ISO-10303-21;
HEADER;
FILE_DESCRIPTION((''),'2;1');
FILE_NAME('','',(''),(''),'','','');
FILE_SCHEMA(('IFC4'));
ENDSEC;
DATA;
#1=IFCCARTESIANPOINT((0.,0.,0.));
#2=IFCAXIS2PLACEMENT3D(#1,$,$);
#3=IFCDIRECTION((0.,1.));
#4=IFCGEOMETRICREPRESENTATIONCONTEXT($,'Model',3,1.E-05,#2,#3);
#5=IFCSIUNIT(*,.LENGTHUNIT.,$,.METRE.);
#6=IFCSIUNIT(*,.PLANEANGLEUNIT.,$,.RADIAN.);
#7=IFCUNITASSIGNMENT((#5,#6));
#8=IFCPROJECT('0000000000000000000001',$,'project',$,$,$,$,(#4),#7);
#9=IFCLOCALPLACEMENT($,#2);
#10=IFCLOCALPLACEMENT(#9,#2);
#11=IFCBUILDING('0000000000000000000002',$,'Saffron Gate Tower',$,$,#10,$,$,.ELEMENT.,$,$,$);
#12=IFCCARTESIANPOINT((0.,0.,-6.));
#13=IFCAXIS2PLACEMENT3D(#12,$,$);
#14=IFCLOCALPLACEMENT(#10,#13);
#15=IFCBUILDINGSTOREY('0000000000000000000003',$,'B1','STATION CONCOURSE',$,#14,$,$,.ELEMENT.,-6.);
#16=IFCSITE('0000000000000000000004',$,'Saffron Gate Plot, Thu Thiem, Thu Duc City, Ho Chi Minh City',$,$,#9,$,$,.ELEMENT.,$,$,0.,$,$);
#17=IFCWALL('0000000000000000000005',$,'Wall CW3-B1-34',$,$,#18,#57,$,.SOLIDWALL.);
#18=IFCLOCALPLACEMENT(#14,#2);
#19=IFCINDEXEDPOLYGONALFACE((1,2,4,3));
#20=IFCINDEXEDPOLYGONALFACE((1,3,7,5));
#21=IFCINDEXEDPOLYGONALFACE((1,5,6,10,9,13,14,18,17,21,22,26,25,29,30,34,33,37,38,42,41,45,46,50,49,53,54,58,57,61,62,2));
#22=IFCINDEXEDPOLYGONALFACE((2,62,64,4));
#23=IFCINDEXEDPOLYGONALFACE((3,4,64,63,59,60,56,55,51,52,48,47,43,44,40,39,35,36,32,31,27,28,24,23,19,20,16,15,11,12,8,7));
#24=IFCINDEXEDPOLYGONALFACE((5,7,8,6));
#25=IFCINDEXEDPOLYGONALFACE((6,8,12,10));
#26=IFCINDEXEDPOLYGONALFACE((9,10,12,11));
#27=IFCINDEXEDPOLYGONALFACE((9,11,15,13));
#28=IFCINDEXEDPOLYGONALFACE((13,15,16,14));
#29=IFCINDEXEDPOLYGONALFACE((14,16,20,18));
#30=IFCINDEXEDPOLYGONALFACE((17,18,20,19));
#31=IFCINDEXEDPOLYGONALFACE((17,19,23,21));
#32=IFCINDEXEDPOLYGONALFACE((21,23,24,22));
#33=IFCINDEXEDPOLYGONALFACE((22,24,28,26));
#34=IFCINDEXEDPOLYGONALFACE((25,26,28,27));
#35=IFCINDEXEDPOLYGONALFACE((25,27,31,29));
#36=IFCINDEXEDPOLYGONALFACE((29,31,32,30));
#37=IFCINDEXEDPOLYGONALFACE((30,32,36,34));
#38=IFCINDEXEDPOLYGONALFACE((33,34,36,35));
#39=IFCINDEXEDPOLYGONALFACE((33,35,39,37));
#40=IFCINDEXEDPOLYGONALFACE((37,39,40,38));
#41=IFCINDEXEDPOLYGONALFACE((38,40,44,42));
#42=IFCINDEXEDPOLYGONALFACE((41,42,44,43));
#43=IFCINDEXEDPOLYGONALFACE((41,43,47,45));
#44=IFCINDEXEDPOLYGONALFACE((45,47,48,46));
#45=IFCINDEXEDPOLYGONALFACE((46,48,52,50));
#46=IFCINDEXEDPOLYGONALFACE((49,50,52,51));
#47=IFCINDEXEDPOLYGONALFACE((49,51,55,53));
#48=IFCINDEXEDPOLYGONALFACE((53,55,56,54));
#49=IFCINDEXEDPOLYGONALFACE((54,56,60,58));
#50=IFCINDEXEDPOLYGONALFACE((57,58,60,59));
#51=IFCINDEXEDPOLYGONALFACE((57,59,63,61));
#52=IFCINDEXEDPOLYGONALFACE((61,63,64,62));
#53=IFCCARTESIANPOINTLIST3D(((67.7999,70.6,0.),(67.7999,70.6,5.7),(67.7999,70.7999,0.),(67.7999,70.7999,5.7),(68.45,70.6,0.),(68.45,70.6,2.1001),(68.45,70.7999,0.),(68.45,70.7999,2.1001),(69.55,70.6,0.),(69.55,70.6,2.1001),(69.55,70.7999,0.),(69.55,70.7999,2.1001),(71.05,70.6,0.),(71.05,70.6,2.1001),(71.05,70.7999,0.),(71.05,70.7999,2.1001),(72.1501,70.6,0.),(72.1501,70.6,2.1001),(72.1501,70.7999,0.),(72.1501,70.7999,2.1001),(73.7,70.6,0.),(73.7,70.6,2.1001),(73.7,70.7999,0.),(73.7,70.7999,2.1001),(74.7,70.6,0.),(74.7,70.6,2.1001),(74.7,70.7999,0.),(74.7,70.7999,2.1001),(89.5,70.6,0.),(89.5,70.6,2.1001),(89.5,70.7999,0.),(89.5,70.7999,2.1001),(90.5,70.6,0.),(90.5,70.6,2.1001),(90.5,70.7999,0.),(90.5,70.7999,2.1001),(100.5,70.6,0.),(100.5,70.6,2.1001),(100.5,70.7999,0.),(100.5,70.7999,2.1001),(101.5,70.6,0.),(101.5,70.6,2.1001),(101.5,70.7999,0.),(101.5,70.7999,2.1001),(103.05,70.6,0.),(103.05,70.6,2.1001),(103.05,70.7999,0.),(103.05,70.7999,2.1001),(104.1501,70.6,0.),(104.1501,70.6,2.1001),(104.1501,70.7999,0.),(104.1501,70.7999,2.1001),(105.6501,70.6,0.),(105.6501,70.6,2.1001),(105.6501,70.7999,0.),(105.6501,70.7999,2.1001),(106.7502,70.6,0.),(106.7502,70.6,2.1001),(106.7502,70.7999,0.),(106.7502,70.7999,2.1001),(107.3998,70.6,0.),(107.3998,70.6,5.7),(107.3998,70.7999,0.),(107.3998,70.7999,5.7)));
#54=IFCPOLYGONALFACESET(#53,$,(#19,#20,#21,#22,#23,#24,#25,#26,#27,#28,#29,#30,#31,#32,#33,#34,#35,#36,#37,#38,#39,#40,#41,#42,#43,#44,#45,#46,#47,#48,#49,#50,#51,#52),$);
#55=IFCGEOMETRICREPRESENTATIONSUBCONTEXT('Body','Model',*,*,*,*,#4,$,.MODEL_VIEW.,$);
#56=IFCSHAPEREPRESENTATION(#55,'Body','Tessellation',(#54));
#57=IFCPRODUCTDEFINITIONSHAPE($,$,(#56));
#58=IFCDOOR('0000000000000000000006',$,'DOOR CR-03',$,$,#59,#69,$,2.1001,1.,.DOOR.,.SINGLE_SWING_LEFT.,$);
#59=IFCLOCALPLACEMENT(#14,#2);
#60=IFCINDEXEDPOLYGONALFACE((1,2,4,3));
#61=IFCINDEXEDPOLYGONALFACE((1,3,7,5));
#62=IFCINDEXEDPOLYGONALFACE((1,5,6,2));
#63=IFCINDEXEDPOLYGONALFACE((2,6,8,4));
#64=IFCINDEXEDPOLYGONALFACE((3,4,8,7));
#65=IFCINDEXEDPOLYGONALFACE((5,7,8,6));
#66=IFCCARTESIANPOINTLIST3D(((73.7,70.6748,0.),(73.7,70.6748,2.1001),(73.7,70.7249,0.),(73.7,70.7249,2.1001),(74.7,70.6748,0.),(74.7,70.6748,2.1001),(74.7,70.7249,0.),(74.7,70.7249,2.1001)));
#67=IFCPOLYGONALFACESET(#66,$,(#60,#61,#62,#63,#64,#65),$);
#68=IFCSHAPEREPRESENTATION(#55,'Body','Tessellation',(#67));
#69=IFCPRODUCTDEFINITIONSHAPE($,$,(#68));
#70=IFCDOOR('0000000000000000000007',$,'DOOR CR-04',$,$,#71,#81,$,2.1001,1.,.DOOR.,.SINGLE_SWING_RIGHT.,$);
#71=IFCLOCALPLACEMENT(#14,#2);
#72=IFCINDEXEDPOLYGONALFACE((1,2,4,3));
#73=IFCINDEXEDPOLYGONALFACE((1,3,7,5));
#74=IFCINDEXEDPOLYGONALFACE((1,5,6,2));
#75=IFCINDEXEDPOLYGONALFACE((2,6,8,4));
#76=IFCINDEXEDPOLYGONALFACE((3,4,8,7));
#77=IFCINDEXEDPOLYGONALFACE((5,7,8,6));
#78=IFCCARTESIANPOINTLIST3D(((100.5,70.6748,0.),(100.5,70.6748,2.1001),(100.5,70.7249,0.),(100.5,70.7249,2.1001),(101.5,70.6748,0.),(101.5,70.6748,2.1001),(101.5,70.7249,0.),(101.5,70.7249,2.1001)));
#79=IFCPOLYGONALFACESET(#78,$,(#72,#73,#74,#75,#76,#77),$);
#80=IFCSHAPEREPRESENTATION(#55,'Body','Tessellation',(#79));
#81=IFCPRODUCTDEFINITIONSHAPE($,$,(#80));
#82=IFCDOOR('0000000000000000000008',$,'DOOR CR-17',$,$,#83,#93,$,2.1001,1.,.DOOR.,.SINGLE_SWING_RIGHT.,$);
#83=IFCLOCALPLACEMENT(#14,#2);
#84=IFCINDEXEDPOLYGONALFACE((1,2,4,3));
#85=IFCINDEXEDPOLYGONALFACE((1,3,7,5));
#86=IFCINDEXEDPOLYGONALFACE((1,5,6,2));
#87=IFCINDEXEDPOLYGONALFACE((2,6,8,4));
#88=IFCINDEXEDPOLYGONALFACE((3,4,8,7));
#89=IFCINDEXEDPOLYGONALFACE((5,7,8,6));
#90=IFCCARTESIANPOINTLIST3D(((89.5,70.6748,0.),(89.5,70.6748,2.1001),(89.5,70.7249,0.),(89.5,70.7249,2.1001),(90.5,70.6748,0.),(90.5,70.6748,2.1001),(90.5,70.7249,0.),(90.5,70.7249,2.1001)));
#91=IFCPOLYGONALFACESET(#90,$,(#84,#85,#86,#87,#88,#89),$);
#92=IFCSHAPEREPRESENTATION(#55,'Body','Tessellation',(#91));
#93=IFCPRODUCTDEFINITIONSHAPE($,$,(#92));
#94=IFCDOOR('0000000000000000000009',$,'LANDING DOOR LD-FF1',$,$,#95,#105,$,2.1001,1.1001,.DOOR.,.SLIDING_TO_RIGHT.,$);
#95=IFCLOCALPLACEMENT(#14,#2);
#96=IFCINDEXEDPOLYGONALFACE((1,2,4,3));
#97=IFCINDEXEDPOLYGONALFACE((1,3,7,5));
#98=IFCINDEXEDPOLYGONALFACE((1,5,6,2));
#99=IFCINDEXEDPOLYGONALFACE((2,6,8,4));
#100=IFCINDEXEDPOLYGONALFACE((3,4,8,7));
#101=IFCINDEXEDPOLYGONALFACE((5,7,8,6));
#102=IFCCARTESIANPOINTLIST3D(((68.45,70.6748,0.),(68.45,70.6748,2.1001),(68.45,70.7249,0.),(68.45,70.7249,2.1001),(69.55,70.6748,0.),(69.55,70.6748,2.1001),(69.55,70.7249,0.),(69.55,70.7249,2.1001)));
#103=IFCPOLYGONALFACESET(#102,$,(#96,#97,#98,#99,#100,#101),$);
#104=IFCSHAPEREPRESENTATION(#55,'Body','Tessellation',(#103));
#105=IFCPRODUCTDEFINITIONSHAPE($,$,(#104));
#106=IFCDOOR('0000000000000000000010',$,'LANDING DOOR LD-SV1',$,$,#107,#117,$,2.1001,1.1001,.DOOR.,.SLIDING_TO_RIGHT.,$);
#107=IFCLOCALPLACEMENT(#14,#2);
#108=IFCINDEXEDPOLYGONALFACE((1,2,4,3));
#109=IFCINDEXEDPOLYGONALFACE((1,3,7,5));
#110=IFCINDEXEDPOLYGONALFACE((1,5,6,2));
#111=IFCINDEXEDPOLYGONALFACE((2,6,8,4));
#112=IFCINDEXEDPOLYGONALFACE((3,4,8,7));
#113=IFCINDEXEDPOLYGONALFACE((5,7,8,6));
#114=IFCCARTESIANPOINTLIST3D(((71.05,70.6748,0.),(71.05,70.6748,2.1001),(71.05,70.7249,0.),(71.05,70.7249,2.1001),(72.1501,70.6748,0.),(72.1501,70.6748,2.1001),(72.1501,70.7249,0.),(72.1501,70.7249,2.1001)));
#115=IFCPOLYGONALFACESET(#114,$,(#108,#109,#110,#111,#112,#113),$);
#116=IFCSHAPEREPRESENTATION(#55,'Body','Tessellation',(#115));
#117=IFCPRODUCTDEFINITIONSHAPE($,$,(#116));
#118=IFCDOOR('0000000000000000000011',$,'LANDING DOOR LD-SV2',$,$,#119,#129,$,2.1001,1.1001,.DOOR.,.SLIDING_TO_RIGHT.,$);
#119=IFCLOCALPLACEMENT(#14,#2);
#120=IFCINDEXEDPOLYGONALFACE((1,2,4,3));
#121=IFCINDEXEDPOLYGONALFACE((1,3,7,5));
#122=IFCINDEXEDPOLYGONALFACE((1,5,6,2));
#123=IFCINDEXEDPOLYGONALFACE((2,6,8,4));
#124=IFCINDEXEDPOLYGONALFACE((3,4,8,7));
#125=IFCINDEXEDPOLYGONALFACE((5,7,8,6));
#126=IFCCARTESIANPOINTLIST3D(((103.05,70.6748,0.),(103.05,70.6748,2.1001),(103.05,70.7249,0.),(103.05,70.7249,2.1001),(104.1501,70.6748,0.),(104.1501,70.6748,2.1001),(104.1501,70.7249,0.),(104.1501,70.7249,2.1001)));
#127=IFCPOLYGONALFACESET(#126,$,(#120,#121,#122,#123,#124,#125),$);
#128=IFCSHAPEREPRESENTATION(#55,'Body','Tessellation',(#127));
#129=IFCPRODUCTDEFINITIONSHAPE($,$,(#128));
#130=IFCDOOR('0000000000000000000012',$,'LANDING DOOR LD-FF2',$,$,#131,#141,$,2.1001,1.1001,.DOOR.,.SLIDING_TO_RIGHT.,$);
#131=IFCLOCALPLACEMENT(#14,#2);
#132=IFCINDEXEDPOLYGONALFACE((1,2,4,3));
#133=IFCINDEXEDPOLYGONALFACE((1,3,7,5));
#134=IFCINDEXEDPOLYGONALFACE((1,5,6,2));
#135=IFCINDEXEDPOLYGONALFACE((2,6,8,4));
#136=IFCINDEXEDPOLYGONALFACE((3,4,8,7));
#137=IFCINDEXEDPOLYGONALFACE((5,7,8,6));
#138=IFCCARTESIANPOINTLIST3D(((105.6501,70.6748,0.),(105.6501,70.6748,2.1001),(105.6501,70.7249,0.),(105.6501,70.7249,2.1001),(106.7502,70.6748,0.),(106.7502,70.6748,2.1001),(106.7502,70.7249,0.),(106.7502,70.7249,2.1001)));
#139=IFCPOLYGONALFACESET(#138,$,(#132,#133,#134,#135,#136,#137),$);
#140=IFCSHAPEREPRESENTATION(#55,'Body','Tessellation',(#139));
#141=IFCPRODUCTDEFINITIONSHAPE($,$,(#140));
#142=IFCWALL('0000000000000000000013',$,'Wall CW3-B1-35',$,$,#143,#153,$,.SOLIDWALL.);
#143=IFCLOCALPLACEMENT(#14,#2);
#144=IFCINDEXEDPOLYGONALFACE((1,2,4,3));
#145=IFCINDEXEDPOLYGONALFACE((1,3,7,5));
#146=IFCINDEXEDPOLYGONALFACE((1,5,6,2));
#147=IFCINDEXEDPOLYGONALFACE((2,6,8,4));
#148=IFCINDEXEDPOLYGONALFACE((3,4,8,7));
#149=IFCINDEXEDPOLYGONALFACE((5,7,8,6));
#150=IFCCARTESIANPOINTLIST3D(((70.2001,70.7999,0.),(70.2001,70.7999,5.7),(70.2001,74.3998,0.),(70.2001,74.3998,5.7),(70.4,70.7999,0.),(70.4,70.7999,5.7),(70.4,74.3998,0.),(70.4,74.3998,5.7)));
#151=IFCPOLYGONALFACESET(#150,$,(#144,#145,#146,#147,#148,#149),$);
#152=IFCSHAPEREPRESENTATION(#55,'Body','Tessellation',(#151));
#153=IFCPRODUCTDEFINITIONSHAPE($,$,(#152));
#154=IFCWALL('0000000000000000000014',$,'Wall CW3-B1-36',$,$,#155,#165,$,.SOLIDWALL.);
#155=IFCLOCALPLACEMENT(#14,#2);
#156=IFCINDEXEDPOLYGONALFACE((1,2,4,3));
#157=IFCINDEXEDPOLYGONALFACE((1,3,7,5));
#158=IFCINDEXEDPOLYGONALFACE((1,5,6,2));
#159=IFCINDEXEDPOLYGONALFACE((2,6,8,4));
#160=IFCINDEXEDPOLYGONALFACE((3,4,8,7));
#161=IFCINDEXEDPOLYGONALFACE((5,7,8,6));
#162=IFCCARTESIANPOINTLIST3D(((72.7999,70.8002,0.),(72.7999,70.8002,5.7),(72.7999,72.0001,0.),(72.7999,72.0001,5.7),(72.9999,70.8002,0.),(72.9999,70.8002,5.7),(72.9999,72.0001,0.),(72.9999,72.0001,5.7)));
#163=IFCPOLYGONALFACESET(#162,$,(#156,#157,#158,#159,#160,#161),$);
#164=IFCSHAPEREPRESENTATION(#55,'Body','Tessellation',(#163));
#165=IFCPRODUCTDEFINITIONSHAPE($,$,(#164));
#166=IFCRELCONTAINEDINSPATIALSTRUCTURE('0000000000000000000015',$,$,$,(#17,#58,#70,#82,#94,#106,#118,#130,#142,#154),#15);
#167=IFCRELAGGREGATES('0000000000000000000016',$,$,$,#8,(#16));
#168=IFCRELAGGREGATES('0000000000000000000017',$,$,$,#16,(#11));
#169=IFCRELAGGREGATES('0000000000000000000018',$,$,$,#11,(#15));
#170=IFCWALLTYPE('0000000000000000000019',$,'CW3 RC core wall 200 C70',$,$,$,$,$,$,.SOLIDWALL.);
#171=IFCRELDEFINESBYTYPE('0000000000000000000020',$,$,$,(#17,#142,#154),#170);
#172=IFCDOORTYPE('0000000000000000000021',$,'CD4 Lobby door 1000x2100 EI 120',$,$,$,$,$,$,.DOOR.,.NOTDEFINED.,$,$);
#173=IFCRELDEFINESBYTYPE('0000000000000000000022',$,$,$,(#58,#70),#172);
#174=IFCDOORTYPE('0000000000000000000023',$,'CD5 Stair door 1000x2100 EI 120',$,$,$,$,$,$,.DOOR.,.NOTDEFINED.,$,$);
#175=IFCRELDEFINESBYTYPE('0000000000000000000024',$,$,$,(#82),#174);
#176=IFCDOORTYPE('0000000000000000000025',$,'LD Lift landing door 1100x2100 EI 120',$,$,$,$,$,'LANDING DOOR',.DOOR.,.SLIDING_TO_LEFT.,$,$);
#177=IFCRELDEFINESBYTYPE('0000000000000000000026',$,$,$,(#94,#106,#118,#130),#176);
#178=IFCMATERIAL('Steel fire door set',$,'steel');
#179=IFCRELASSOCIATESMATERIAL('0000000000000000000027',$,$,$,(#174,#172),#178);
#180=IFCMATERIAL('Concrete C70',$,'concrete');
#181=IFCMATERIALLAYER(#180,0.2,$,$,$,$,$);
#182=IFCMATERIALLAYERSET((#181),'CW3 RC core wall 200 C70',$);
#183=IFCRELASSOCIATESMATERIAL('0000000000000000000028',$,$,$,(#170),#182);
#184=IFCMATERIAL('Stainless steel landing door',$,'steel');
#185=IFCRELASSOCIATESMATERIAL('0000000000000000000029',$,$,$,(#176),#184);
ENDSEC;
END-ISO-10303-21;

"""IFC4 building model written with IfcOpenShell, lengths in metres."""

from ifc_helpers import new_model, si_unit, direction, frame, frame_2d, origin, place, context, subcontext, project, spatial, rectangle, extrude, material, layer, layer_set, type_object, element, fill, save


model = new_model("IFC4")

# Units and contexts
model_context = context("Model", 3, precision=1e-05, world=origin(), true_north=direction((0.0, 1.0)))
body_context = subcontext(model_context, "Body", "Model", "MODEL_VIEW")
ifc_project = project(units=[si_unit("LENGTHUNIT", "METRE"), si_unit("PLANEANGLEUNIT", "RADIAN")], contexts=[model_context])

# Site, building, storey
site_placement = place(None, origin())
site = spatial("IfcSite", under=ifc_project, at=site_placement, Name="Saffron Gate Plot, Thu Thiem, Thu Duc City, Ho Chi Minh City", CompositionType="ELEMENT", RefElevation=0.0)
building_placement = place(site_placement, origin())
building = spatial("IfcBuilding", under=site, at=building_placement, Name="Saffron Gate Tower", CompositionType="ELEMENT")
storey_placement = place(building_placement, frame((0.0, 0.0, -6.0)))
storey = spatial("IfcBuildingStorey", under=building, at=storey_placement, Name="B1", Description="STATION CONCOURSE", CompositionType="ELEMENT", Elevation=-6.0)

# Wall, openings, doors
ifc_material_1 = material(Name="Concrete C70", Category="concrete")
ifc_material_2 = material(Name="Steel fire door set", Category="steel")
door_type_1 = type_object("IfcDoorType", Name="CD5 Stair door 1000x2100 EI 120", OperationType="NOTDEFINED", PredefinedType="DOOR", material=ifc_material_2)
ifc_layer_1 = layer(ifc_material_1, 0.2)
ifc_layer_set_1 = layer_set([ifc_layer_1], Name="CW3 RC core wall 200 C70")
wall_type_1 = type_object("IfcWallType", Name="CW3 RC core wall 200 C70", PredefinedType="SOLIDWALL", material=ifc_layer_set_1)
wall_1_placement = place(storey_placement, frame((67.8, 70.7, 0.0), z_axis=(0.0, 0.0, 1.0), x_axis=(1.0, 0.0, 0.0)))
wall_1 = element("IfcWall", 1, at=wall_1_placement, inside=storey, type_object=wall_type_1, Name="Wall CW3-B1-34", PredefinedType="SOLIDWALL", context=body_context, shape_type="SweptSolid", body=[
    extrude(rectangle(XDim=39.5999, YDim=0.2, at=frame_2d((19.7998, 0.0))), origin(), (0.0, 0.0, 1.0), 5.7),
])
opening_1_placement = place(wall_1_placement, frame((0.6499, 0.0, 0.0)))
opening_1 = element("IfcOpeningElement", 2, at=opening_1_placement, cuts=wall_1, PredefinedType="OPENING", context=body_context, shape_type="SweptSolid", body=[
    extrude(rectangle(XDim=1.1001, YDim=2.1001, at=frame_2d((0.55, 1.05))), frame((0.0, 0.1099, 0.0), z_axis=(0.0, -1.0, 0.0), x_axis=(1.0, 0.0, 0.0)), (0.0, 0.0, 1.0), 0.22),
])
opening_2_placement = place(wall_1_placement, frame((3.25, 0.0, 0.0)))
opening_2 = element("IfcOpeningElement", 3, at=opening_2_placement, cuts=wall_1, PredefinedType="OPENING", context=body_context, shape_type="SweptSolid", body=[
    extrude(rectangle(XDim=1.1001, YDim=2.1001, at=frame_2d((0.55, 1.05))), frame((0.0, 0.1099, 0.0), z_axis=(0.0, -1.0, 0.0), x_axis=(1.0, 0.0, 0.0)), (0.0, 0.0, 1.0), 0.22),
])
opening_3_placement = place(wall_1_placement, frame((5.8999, 0.0, 0.0)))
opening_3 = element("IfcOpeningElement", 4, at=opening_3_placement, cuts=wall_1, PredefinedType="OPENING", context=body_context, shape_type="SweptSolid", body=[
    extrude(rectangle(XDim=1.0, YDim=2.1001, at=frame_2d((0.5, 1.05))), frame((0.0, 0.1099, 0.0), z_axis=(0.0, -1.0, 0.0), x_axis=(1.0, 0.0, 0.0)), (0.0, 0.0, 1.0), 0.22),
])
opening_4_placement = place(wall_1_placement, frame((21.7, 0.0, 0.0)))
opening_4 = element("IfcOpeningElement", 5, at=opening_4_placement, cuts=wall_1, PredefinedType="OPENING", context=body_context, shape_type="SweptSolid", body=[
    extrude(rectangle(XDim=1.0, YDim=2.1001, at=frame_2d((0.5, 1.05))), frame((0.0, 0.1099, 0.0), z_axis=(0.0, -1.0, 0.0), x_axis=(1.0, 0.0, 0.0)), (0.0, 0.0, 1.0), 0.22),
])
opening_5_placement = place(wall_1_placement, frame((32.7, 0.0, 0.0)))
opening_5 = element("IfcOpeningElement", 6, at=opening_5_placement, cuts=wall_1, PredefinedType="OPENING", context=body_context, shape_type="SweptSolid", body=[
    extrude(rectangle(XDim=1.0, YDim=2.1001, at=frame_2d((0.5, 1.05))), frame((0.0, 0.1099, 0.0), z_axis=(0.0, -1.0, 0.0), x_axis=(1.0, 0.0, 0.0)), (0.0, 0.0, 1.0), 0.22),
])
opening_6_placement = place(wall_1_placement, frame((35.25, 0.0, 0.0)))
opening_6 = element("IfcOpeningElement", 7, at=opening_6_placement, cuts=wall_1, PredefinedType="OPENING", context=body_context, shape_type="SweptSolid", body=[
    extrude(rectangle(XDim=1.1001, YDim=2.1001, at=frame_2d((0.55, 1.05))), frame((0.0, 0.1099, 0.0), z_axis=(0.0, -1.0, 0.0), x_axis=(1.0, 0.0, 0.0)), (0.0, 0.0, 1.0), 0.22),
])
opening_7_placement = place(wall_1_placement, frame((37.8501, 0.0, 0.0)))
opening_7 = element("IfcOpeningElement", 8, at=opening_7_placement, cuts=wall_1, PredefinedType="OPENING", context=body_context, shape_type="SweptSolid", body=[
    extrude(rectangle(XDim=1.1001, YDim=2.1001, at=frame_2d((0.55, 1.05))), frame((0.0, 0.1099, 0.0), z_axis=(0.0, -1.0, 0.0), x_axis=(1.0, 0.0, 0.0)), (0.0, 0.0, 1.0), 0.22),
])
door_type_2 = type_object("IfcDoorType", Name="CD4 Lobby door 1000x2100 EI 120", OperationType="NOTDEFINED", PredefinedType="DOOR", material=ifc_material_2)
door_1_placement = place(opening_3_placement, origin())
door_1 = element("IfcDoor", 9, at=door_1_placement, inside=storey, type_object=door_type_2, Name="DOOR CR-03", OperationType="SINGLE_SWING_LEFT", OverallHeight=2.1001, OverallWidth=1.0, PredefinedType="DOOR", context=body_context, shape_type="SweptSolid", body=[
    extrude(rectangle(XDim=1.0, YDim=2.1001, at=frame_2d((0.5, 1.05))), frame((0.0, 0.0249, 0.0), z_axis=(0.0, -1.0, 0.0), x_axis=(1.0, 0.0, 0.0)), (0.0, 0.0, 1.0), 0.05),
])
fill(opening_3, door_1)
door_2_placement = place(opening_5_placement, origin())
door_2 = element("IfcDoor", 10, at=door_2_placement, inside=storey, type_object=door_type_2, Name="DOOR CR-04", OperationType="SINGLE_SWING_RIGHT", OverallHeight=2.1001, OverallWidth=1.0, PredefinedType="DOOR", context=body_context, shape_type="SweptSolid", body=[
    extrude(rectangle(XDim=1.0, YDim=2.1001, at=frame_2d((0.5, 1.05))), frame((0.0, 0.0249, 0.0), z_axis=(0.0, -1.0, 0.0), x_axis=(1.0, 0.0, 0.0)), (0.0, 0.0, 1.0), 0.05),
])
fill(opening_5, door_2)
door_3_placement = place(opening_4_placement, origin())
door_3 = element("IfcDoor", 11, at=door_3_placement, inside=storey, type_object=door_type_1, Name="DOOR CR-17", OperationType="SINGLE_SWING_RIGHT", OverallHeight=2.1001, OverallWidth=1.0, PredefinedType="DOOR", context=body_context, shape_type="SweptSolid", body=[
    extrude(rectangle(XDim=1.0, YDim=2.1001, at=frame_2d((0.5, 1.05))), frame((0.0, 0.0249, 0.0), z_axis=(0.0, -1.0, 0.0), x_axis=(1.0, 0.0, 0.0)), (0.0, 0.0, 1.0), 0.05),
])
fill(opening_4, door_3)
ifc_material_3 = material(Name="Stainless steel landing door", Category="steel")
door_type_3 = type_object("IfcDoorType", Name="LD Lift landing door 1100x2100 EI 120", ElementType="LANDING DOOR", OperationType="SLIDING_TO_LEFT", PredefinedType="DOOR", material=ifc_material_3)
door_4_placement = place(opening_1_placement, origin())
door_4 = element("IfcDoor", 12, at=door_4_placement, inside=storey, type_object=door_type_3, Name="LANDING DOOR LD-FF1", OperationType="SLIDING_TO_RIGHT", OverallHeight=2.1001, OverallWidth=1.1001, PredefinedType="DOOR", context=body_context, shape_type="SweptSolid", body=[
    extrude(rectangle(XDim=1.1001, YDim=2.1001, at=frame_2d((0.55, 1.05))), frame((0.0, 0.0249, 0.0), z_axis=(0.0, -1.0, 0.0), x_axis=(1.0, 0.0, 0.0)), (0.0, 0.0, 1.0), 0.05),
])
fill(opening_1, door_4)
door_5_placement = place(opening_2_placement, origin())
door_5 = element("IfcDoor", 13, at=door_5_placement, inside=storey, type_object=door_type_3, Name="LANDING DOOR LD-SV1", OperationType="SLIDING_TO_RIGHT", OverallHeight=2.1001, OverallWidth=1.1001, PredefinedType="DOOR", context=body_context, shape_type="SweptSolid", body=[
    extrude(rectangle(XDim=1.1001, YDim=2.1001, at=frame_2d((0.55, 1.05))), frame((0.0, 0.0249, 0.0), z_axis=(0.0, -1.0, 0.0), x_axis=(1.0, 0.0, 0.0)), (0.0, 0.0, 1.0), 0.05),
])
fill(opening_2, door_5)
door_6_placement = place(opening_6_placement, origin())
door_6 = element("IfcDoor", 14, at=door_6_placement, inside=storey, type_object=door_type_3, Name="LANDING DOOR LD-SV2", OperationType="SLIDING_TO_RIGHT", OverallHeight=2.1001, OverallWidth=1.1001, PredefinedType="DOOR", context=body_context, shape_type="SweptSolid", body=[
    extrude(rectangle(XDim=1.1001, YDim=2.1001, at=frame_2d((0.55, 1.05))), frame((0.0, 0.0249, 0.0), z_axis=(0.0, -1.0, 0.0), x_axis=(1.0, 0.0, 0.0)), (0.0, 0.0, 1.0), 0.05),
])
fill(opening_6, door_6)
door_7_placement = place(opening_7_placement, origin())
door_7 = element("IfcDoor", 15, at=door_7_placement, inside=storey, type_object=door_type_3, Name="LANDING DOOR LD-FF2", OperationType="SLIDING_TO_RIGHT", OverallHeight=2.1001, OverallWidth=1.1001, PredefinedType="DOOR", context=body_context, shape_type="SweptSolid", body=[
    extrude(rectangle(XDim=1.1001, YDim=2.1001, at=frame_2d((0.55, 1.05))), frame((0.0, 0.0249, 0.0), z_axis=(0.0, -1.0, 0.0), x_axis=(1.0, 0.0, 0.0)), (0.0, 0.0, 1.0), 0.05),
])
fill(opening_7, door_7)

# Walls
wall_2_placement = place(storey_placement, frame((70.3, 70.8, 0.0), z_axis=(0.0, 0.0, 1.0), x_axis=(0.0, 1.0, 0.0)))
element("IfcWall", 16, at=wall_2_placement, inside=storey, type_object=wall_type_1, Name="Wall CW3-B1-35", PredefinedType="SOLIDWALL", context=body_context, shape_type="SweptSolid", body=[
    extrude(rectangle(XDim=3.5999, YDim=0.2, at=frame_2d((1.7998, 0.0))), origin(), (0.0, 0.0, 1.0), 5.7),
])
wall_3_placement = place(storey_placement, frame((72.8999, 70.8, 0.0), z_axis=(0.0, 0.0, 1.0), x_axis=(0.0, 1.0, 0.0)))
element("IfcWall", 17, at=wall_3_placement, inside=storey, type_object=wall_type_1, Name="Wall CW3-B1-36", PredefinedType="SOLIDWALL", context=body_context, shape_type="SweptSolid", body=[
    extrude(rectangle(XDim=1.2, YDim=0.2, at=frame_2d((0.6001, 0.0))), origin(), (0.0, 0.0, 1.0), 5.7),
])

save(model, "model.ifc")
